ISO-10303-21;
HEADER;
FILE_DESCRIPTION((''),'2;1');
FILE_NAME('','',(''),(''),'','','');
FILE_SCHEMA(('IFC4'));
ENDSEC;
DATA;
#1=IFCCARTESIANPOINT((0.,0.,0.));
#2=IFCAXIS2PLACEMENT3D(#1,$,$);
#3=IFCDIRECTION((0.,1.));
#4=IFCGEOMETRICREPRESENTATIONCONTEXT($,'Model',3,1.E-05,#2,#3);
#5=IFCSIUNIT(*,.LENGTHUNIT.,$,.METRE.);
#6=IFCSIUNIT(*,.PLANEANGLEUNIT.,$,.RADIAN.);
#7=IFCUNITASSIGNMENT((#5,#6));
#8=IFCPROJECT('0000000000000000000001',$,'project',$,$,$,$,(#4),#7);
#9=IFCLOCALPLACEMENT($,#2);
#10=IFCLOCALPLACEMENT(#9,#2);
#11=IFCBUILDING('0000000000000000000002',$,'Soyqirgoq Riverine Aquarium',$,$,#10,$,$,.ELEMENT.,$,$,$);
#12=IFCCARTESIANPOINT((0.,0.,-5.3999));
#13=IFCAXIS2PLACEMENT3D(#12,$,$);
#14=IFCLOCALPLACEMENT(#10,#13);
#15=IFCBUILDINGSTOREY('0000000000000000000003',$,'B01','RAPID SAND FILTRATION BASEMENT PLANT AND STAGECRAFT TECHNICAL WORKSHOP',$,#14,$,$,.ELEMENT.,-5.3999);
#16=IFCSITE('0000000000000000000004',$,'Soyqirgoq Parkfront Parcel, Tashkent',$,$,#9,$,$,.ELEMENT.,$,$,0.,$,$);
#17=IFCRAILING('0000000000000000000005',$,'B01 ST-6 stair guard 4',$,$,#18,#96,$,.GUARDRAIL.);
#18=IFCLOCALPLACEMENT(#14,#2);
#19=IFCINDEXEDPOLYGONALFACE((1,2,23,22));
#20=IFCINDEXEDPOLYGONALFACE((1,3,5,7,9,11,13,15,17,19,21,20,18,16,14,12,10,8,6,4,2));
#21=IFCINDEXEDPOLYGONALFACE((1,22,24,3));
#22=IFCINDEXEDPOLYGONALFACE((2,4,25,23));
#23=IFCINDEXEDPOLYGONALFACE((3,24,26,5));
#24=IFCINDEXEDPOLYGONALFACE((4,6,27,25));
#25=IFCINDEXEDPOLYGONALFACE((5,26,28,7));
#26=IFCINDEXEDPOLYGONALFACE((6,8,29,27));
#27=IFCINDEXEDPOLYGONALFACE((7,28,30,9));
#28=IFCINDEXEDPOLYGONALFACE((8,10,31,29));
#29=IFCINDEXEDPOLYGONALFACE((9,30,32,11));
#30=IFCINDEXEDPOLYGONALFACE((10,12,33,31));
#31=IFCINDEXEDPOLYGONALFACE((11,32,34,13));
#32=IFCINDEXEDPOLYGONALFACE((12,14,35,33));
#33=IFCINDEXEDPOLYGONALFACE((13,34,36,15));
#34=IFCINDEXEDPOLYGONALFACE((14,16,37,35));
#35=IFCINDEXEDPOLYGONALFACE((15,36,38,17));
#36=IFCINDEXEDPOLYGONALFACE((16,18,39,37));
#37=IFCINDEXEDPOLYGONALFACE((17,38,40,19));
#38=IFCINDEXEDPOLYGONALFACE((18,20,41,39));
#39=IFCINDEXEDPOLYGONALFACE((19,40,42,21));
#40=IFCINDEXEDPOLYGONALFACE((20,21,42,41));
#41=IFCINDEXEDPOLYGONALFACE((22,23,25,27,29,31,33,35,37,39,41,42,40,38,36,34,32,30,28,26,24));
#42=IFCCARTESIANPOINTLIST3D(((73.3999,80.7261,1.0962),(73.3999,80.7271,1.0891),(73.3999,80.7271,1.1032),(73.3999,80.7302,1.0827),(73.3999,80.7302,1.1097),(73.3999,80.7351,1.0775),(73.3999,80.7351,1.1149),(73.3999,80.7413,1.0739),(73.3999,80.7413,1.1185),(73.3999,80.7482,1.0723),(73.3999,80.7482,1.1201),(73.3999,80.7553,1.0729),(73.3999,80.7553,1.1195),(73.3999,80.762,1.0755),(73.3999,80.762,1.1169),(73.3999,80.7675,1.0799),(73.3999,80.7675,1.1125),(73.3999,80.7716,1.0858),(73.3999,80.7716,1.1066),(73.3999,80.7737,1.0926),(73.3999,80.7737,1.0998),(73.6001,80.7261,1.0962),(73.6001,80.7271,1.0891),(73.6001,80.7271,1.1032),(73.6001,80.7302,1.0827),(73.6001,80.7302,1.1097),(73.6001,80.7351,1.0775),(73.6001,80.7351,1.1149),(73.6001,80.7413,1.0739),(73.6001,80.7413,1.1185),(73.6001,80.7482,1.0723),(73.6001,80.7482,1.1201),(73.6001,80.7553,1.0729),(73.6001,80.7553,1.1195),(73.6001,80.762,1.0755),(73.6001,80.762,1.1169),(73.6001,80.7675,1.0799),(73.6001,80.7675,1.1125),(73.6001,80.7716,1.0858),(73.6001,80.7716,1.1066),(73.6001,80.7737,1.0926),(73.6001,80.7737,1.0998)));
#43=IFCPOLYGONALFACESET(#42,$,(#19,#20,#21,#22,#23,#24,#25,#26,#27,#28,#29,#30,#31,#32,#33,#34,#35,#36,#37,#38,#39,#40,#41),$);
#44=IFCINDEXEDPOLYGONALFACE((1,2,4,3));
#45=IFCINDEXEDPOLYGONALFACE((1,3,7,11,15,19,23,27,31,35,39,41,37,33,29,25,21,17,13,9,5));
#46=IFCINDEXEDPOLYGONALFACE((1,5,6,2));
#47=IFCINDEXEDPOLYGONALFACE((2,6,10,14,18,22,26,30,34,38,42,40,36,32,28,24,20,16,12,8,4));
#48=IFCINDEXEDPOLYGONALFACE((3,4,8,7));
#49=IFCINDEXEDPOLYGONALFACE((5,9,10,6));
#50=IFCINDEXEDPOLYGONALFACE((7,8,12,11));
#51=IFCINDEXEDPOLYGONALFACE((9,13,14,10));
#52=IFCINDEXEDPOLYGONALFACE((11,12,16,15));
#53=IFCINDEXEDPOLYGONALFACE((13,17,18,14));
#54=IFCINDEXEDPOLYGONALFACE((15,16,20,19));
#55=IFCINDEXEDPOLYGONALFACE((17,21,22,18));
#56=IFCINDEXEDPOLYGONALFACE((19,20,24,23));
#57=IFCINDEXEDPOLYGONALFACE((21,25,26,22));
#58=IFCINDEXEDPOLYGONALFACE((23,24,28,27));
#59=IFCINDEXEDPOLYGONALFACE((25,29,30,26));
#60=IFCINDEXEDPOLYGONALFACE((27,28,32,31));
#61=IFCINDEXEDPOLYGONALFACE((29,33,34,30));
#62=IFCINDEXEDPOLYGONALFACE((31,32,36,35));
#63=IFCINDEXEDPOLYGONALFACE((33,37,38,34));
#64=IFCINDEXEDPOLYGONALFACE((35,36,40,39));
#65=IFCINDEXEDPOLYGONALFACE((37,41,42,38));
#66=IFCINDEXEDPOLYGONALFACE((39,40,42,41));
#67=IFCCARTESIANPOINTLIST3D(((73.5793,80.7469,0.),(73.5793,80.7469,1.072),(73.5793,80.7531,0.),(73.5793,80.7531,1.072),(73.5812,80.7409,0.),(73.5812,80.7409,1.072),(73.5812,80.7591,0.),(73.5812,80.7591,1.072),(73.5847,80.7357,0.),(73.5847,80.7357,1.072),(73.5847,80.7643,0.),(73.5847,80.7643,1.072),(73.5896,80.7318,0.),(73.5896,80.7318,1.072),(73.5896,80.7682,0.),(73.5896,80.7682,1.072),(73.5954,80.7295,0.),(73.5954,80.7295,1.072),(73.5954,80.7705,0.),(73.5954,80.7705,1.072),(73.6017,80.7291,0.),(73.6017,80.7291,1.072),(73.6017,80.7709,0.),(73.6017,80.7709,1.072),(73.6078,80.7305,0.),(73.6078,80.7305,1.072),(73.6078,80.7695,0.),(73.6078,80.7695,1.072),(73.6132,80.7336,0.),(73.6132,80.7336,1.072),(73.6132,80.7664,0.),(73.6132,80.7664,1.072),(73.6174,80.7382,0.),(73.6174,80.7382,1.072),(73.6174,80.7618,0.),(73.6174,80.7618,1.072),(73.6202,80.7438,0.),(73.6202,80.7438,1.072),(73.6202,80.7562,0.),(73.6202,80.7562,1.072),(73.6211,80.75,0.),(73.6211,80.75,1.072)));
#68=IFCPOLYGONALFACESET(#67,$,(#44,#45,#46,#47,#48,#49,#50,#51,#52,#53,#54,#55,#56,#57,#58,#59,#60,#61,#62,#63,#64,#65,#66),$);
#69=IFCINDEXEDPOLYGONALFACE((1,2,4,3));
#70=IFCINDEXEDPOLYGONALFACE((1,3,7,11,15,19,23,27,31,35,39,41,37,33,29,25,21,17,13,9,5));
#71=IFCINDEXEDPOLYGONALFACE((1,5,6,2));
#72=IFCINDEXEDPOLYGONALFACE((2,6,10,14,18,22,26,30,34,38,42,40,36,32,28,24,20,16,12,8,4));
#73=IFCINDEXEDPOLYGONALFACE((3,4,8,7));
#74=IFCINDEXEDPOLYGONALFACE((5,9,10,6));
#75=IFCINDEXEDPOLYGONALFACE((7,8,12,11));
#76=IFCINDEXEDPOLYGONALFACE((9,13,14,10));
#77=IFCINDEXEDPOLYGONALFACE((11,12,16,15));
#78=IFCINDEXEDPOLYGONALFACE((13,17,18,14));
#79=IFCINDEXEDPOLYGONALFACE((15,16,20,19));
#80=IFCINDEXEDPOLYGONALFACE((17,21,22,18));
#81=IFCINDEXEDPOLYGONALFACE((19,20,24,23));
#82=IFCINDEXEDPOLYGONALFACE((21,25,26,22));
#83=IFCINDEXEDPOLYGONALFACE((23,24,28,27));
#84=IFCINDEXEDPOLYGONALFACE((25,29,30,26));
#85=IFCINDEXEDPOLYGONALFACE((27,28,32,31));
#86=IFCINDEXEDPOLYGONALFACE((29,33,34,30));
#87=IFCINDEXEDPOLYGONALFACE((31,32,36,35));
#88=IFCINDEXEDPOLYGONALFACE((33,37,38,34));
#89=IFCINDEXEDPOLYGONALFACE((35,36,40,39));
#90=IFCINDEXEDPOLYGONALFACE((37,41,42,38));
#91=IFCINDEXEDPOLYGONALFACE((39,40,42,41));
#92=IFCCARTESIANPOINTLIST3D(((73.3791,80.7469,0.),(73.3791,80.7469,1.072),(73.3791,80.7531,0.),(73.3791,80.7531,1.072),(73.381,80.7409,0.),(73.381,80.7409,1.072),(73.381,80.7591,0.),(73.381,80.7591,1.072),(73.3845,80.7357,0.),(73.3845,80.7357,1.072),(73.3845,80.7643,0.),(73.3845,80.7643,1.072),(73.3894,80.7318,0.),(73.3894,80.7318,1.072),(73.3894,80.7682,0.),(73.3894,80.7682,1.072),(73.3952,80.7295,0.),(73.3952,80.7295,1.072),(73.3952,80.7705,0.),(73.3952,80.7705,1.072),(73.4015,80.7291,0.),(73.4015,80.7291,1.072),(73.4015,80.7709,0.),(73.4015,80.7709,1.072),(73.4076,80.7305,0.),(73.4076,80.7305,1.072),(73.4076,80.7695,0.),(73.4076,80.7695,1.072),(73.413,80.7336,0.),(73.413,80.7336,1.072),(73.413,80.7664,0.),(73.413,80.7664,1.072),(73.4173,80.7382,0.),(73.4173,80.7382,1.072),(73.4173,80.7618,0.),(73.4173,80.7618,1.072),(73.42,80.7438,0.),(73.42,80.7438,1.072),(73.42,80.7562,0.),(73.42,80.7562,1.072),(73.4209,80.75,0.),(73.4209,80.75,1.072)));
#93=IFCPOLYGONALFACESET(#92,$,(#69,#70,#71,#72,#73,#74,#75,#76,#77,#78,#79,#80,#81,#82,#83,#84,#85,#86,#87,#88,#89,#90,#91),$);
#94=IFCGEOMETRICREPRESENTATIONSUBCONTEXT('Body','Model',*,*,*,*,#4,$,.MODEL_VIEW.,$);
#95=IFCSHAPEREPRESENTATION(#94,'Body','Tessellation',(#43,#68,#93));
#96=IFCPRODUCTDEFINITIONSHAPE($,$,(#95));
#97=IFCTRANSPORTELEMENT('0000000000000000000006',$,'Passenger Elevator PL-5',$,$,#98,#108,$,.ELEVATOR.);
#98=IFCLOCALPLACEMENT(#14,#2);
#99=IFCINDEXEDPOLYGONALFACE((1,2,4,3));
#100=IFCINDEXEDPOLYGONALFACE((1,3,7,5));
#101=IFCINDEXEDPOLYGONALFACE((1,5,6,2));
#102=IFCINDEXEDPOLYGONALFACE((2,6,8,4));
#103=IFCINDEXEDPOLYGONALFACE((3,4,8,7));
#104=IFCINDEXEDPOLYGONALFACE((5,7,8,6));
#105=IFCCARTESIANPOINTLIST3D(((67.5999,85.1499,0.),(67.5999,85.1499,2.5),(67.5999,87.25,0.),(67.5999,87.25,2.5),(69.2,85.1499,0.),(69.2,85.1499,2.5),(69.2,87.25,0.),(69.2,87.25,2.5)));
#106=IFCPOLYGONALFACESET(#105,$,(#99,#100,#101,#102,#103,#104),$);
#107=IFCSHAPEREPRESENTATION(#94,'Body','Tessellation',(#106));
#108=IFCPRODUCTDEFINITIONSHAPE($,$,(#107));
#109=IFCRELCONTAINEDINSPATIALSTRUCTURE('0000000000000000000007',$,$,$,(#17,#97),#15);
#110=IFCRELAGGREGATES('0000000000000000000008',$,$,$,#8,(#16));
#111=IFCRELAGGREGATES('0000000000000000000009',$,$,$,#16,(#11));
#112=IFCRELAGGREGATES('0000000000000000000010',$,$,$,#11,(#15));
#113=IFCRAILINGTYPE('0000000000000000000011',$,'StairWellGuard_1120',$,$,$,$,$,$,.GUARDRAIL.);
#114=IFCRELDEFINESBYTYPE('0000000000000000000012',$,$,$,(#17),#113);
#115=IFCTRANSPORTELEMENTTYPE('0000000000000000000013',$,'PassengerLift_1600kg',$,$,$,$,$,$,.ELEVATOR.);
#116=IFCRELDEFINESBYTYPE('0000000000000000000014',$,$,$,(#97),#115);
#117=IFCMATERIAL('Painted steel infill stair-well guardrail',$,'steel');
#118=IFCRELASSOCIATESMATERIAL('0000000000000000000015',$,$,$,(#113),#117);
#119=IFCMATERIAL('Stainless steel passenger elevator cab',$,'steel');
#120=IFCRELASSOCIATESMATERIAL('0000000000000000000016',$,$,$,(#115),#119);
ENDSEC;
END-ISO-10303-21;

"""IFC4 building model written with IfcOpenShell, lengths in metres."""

from ifc_helpers import new_model, si_unit, direction, frame, origin, origin_2d, place, context, subcontext, project, spatial, rectangle, circle, extrude, material, type_object, element, save


model = new_model("IFC4")

# Units and contexts
model_context = context("Model", 3, precision=1e-05, world=origin(), true_north=direction((0.0, 1.0)))
body_context = subcontext(model_context, "Body", "Model", "MODEL_VIEW")
ifc_project = project(units=[si_unit("LENGTHUNIT", "METRE"), si_unit("PLANEANGLEUNIT", "RADIAN")], contexts=[model_context])

# Site, building, storey
site_placement = place(None, origin())
site = spatial("IfcSite", under=ifc_project, at=site_placement, Name="Soyqirgoq Parkfront Parcel, Tashkent", CompositionType="ELEMENT", RefElevation=0.0)
building_placement = place(site_placement, origin())
building = spatial("IfcBuilding", under=site, at=building_placement, Name="Soyqirgoq Riverine Aquarium", CompositionType="ELEMENT")
storey_placement = place(building_placement, frame((0.0, 0.0, -5.3999)))
storey = spatial("IfcBuildingStorey", under=building, at=storey_placement, Name="B01", Description="RAPID SAND FILTRATION BASEMENT PLANT AND STAGECRAFT TECHNICAL WORKSHOP", CompositionType="ELEMENT", Elevation=-5.3999)

# Railing
ifc_material_1 = material(Name="Painted steel infill stair-well guardrail", Category="steel")
railing_type_1 = type_object("IfcRailingType", Name="StairWellGuard_1120", PredefinedType="GUARDRAIL", material=ifc_material_1)
railing_1_placement = place(storey_placement, frame((73.6001, 80.75, 0.0)))
element("IfcRailing", 1, at=railing_1_placement, inside=storey, type_object=railing_type_1, Name="B01 ST-6 stair guard 4", PredefinedType="GUARDRAIL", context=body_context, shape_type="SweptSolid", body=[
    extrude(circle(Radius=0.0239, at=origin_2d()), frame((0.0, 0.0, 1.0962), z_axis=(-1.0, 0.0, 0.0), x_axis=(0.0, -1.0, 0.0)), (0.0, 0.0, 1.0), 0.2002),
    extrude(circle(Radius=0.021, at=origin_2d()), origin(), (0.0, 0.0, 1.0), 1.072),
    extrude(circle(Radius=0.021, at=origin_2d()), frame((-0.2002, 0.0, 0.0)), (0.0, 0.0, 1.0), 1.072),
])

# Transport element
ifc_material_2 = material(Name="Stainless steel passenger elevator cab", Category="steel")
transport_element_type = type_object("IfcTransportElementType", Name="PassengerLift_1600kg", PredefinedType="ELEVATOR", material=ifc_material_2)
transport_element_placement = place(storey_placement, frame((68.3999, 86.2, 0.0), z_axis=(0.0, 0.0, 1.0), x_axis=(1.0, 0.0, 0.0)))
element("IfcTransportElement", 2, at=transport_element_placement, inside=storey, type_object=transport_element_type, Name="Passenger Elevator PL-5", PredefinedType="ELEVATOR", context=body_context, shape_type="SweptSolid", body=[
    extrude(rectangle(XDim=1.6001, YDim=2.1001, at=origin_2d()), origin(), (0.0, 0.0, 1.0), 2.5),
])

save(model, "model.ifc")
